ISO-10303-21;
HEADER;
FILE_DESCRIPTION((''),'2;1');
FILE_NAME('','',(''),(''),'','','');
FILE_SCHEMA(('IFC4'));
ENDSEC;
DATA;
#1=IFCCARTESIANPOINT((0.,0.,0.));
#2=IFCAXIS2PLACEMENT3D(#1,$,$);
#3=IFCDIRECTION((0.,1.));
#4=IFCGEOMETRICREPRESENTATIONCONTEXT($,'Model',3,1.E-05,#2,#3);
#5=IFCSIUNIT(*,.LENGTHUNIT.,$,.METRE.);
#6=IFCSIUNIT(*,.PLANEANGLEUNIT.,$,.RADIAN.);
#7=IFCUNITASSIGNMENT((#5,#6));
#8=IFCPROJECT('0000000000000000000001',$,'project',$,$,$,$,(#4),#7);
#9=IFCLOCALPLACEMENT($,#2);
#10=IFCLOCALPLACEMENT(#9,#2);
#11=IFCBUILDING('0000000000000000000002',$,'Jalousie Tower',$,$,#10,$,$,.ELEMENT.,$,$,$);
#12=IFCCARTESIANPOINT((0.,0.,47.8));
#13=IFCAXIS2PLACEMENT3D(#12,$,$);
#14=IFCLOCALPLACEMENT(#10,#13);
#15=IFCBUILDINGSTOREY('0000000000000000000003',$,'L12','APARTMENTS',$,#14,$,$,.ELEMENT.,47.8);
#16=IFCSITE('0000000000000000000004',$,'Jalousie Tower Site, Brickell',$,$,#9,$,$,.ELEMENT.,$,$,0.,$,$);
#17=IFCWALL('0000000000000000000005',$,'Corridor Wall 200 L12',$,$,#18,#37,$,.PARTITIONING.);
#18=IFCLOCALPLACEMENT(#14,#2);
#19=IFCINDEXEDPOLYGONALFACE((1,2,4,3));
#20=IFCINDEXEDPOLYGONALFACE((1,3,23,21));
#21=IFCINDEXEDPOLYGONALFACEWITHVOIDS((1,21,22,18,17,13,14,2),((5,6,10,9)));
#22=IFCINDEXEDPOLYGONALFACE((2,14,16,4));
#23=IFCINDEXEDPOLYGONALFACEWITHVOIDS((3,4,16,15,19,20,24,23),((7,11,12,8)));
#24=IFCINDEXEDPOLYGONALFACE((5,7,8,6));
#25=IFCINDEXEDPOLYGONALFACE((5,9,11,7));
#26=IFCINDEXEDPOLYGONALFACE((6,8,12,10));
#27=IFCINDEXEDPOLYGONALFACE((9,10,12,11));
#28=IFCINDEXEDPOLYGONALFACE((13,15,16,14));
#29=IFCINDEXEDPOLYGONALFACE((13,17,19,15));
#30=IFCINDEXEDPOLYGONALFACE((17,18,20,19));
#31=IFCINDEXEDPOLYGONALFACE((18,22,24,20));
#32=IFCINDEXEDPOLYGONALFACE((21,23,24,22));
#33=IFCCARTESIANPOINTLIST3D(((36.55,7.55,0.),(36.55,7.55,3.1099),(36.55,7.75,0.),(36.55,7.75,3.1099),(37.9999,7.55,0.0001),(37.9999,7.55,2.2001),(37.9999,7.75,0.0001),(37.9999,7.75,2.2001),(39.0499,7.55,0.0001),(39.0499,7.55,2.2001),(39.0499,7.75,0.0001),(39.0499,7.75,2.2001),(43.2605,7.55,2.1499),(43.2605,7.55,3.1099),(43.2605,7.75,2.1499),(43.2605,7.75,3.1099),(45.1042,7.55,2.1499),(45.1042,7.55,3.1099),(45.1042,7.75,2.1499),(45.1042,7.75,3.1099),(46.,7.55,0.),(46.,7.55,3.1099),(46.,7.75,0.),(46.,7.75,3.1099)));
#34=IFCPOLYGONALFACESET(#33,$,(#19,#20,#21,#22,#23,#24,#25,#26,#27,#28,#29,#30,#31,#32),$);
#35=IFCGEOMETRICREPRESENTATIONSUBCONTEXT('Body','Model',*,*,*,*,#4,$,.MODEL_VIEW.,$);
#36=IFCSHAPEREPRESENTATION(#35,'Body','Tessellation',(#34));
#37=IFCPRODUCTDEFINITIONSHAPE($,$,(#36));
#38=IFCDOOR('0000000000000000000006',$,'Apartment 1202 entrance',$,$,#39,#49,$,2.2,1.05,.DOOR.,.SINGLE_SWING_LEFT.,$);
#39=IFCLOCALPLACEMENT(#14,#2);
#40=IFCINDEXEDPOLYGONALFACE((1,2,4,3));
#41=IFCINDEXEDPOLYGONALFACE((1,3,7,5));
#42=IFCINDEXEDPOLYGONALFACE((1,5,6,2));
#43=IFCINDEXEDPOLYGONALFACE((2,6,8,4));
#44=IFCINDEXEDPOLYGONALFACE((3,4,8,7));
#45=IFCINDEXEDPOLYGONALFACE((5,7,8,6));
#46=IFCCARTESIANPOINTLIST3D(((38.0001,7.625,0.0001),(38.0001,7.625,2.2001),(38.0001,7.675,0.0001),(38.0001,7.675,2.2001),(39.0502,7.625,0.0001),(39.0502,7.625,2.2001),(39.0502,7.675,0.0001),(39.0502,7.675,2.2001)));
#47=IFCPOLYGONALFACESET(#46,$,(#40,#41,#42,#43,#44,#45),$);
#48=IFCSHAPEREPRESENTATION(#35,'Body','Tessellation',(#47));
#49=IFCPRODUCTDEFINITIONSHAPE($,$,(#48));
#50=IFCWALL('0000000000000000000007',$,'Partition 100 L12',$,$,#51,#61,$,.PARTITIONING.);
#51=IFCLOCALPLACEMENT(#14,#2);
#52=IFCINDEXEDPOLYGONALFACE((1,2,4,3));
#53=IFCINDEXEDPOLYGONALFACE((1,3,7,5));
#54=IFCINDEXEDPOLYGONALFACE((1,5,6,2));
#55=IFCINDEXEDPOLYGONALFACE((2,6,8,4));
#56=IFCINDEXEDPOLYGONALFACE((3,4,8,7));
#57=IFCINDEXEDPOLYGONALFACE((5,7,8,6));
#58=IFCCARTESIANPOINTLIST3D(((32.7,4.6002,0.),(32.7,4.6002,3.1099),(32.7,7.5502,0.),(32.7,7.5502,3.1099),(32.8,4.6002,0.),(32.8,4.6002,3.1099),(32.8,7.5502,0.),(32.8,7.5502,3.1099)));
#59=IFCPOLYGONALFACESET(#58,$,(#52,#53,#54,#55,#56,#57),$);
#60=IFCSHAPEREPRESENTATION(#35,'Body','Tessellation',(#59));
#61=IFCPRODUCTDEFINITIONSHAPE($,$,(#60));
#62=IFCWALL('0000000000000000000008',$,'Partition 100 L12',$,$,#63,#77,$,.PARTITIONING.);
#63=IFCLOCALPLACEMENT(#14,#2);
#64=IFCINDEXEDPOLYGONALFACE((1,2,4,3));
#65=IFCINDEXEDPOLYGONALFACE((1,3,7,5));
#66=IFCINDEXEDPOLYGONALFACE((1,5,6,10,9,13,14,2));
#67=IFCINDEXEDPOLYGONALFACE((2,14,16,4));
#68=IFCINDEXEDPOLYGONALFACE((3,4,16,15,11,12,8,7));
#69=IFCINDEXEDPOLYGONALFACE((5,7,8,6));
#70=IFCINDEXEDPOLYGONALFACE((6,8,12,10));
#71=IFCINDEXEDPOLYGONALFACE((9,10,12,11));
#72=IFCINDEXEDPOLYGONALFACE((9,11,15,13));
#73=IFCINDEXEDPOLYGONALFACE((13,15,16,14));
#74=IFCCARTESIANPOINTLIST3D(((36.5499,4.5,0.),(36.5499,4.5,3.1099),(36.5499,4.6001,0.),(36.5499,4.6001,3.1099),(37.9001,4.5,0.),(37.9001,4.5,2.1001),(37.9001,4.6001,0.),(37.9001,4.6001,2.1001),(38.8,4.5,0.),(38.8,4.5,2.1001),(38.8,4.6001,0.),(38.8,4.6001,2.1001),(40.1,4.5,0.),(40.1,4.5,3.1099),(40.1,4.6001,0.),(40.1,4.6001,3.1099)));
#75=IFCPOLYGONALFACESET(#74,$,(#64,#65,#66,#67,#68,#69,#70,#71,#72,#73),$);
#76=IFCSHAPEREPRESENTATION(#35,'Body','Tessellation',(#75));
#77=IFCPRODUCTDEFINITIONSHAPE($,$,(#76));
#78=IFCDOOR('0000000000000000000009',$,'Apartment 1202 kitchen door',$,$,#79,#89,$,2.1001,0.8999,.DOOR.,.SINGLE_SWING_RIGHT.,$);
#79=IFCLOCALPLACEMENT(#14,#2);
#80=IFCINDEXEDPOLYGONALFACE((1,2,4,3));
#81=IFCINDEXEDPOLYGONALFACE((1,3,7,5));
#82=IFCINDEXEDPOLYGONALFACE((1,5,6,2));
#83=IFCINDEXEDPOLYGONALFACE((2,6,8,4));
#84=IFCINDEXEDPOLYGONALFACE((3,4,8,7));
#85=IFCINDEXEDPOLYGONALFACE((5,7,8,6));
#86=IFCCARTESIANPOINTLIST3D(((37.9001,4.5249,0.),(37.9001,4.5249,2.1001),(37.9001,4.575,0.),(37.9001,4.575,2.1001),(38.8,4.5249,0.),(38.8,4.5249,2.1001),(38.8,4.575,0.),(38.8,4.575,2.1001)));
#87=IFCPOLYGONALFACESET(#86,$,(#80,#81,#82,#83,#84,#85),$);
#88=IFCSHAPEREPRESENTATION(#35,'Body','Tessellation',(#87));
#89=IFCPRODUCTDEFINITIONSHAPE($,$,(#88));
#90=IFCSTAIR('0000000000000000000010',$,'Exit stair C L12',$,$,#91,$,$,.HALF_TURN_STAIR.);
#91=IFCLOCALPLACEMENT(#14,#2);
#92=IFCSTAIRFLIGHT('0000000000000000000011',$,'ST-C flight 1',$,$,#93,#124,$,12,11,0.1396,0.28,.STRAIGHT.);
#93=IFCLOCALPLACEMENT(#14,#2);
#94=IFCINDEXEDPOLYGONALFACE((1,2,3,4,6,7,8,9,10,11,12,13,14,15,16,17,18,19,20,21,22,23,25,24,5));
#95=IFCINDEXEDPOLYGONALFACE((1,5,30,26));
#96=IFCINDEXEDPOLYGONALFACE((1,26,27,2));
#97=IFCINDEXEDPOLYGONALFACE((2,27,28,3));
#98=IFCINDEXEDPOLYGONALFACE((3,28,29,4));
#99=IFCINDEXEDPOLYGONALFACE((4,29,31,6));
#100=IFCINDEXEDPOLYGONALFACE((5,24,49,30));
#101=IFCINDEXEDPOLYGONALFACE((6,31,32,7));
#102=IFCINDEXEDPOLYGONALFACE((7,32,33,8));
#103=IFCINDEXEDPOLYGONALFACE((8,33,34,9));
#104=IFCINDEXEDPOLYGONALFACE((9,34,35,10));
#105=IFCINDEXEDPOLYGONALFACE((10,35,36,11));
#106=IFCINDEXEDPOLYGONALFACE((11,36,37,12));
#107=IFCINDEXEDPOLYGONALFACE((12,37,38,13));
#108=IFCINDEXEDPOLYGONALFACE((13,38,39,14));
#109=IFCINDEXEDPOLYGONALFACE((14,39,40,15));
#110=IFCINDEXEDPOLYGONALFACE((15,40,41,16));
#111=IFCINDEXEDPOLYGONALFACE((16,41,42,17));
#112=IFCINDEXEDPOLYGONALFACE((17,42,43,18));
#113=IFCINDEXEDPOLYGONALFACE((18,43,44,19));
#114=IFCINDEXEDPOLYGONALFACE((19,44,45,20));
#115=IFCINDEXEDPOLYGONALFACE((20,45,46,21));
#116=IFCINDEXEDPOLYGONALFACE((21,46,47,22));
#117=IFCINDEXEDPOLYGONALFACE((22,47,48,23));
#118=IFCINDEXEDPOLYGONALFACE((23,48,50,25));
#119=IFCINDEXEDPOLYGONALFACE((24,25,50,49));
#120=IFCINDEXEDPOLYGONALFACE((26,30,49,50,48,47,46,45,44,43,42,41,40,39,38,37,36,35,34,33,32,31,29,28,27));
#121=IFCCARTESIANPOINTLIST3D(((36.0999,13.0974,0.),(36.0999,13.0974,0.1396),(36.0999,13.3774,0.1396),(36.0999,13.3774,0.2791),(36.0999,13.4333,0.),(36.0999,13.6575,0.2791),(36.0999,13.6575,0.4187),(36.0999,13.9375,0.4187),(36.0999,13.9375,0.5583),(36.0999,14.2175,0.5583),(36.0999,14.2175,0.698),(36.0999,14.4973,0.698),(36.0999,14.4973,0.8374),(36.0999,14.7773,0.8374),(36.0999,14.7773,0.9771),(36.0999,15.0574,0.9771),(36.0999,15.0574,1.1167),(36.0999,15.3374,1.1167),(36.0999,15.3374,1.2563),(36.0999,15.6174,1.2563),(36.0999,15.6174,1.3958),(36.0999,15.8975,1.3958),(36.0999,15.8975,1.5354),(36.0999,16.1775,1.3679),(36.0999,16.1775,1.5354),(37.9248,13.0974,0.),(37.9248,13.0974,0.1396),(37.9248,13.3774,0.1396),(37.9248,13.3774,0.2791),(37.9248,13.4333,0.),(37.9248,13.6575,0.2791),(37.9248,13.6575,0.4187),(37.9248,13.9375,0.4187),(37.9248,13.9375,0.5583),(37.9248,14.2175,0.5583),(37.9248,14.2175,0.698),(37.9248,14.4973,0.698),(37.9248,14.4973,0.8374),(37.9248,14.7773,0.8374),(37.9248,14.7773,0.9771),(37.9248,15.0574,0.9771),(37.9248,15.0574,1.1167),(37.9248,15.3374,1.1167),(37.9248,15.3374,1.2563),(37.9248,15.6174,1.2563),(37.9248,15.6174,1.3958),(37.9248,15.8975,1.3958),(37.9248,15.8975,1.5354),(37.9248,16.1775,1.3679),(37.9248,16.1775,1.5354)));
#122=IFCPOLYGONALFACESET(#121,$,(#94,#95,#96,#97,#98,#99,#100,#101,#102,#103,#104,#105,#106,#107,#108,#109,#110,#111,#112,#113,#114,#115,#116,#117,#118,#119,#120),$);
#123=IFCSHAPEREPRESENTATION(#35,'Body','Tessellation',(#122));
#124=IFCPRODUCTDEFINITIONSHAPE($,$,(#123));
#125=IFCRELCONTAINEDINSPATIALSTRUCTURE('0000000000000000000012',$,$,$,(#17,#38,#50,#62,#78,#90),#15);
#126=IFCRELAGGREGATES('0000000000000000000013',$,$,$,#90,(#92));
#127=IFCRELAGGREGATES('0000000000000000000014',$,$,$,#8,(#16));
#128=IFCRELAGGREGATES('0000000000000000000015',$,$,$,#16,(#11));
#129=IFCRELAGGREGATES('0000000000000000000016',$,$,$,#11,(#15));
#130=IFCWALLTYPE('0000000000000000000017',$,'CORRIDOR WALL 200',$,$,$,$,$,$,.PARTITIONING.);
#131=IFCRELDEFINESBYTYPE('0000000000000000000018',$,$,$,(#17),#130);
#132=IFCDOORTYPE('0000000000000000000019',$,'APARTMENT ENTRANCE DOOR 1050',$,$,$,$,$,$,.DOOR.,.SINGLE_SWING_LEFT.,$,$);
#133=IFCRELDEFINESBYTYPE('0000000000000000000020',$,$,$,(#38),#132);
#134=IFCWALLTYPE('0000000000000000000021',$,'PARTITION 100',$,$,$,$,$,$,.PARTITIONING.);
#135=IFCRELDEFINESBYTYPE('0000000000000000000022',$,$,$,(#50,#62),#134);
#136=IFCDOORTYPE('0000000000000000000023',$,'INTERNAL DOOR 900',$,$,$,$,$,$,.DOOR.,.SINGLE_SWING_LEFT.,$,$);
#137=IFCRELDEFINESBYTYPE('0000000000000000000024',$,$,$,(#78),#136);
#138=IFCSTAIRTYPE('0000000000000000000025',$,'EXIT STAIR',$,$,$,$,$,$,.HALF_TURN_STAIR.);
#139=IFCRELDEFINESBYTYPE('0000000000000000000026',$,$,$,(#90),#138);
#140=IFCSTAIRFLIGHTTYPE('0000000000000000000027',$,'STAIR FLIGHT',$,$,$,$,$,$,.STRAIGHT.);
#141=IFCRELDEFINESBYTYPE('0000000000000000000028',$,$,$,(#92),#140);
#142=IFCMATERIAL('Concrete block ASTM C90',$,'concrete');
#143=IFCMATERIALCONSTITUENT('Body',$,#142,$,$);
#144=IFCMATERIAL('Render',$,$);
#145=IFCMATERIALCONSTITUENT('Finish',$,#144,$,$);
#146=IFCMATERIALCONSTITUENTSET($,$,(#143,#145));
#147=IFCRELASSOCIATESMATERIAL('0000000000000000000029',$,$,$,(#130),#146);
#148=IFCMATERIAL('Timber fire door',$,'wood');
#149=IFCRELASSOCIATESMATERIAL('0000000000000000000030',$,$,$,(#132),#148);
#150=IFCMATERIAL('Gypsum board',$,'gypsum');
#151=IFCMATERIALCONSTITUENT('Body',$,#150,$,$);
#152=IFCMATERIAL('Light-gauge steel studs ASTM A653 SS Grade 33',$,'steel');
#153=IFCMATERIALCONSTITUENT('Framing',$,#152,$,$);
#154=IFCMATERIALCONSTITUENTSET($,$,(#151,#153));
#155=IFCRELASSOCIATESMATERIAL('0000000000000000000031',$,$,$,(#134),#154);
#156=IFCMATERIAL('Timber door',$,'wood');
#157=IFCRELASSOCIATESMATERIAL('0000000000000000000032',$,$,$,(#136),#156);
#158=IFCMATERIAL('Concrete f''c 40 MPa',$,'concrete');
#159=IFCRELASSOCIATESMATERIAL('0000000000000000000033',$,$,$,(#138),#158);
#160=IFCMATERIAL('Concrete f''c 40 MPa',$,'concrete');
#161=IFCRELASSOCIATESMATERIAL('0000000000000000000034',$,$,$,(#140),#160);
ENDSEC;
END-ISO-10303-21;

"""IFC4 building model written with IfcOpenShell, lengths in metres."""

from ifc_helpers import new_model, si_unit, direction, frame, frame_2d, origin, place, context, subcontext, project, spatial, polyline, rectangle, outline, extrude, material, constituent, constituent_set, type_object, element, fill, aggregate, save


model = new_model("IFC4")

# Units and contexts
model_context = context("Model", 3, precision=1e-05, world=origin(), true_north=direction((0.0, 1.0)))
body_context = subcontext(model_context, "Body", "Model", "MODEL_VIEW")
ifc_project = project(units=[si_unit("LENGTHUNIT", "METRE"), si_unit("PLANEANGLEUNIT", "RADIAN")], contexts=[model_context])

# Site, building, storey
site_placement = place(None, origin())
site = spatial("IfcSite", under=ifc_project, at=site_placement, Name="Jalousie Tower Site, Brickell", CompositionType="ELEMENT", RefElevation=0.0)
building_placement = place(site_placement, origin())
building = spatial("IfcBuilding", under=site, at=building_placement, Name="Jalousie Tower", CompositionType="ELEMENT")
storey_placement = place(building_placement, frame((0.0, 0.0, 47.8)))
storey = spatial("IfcBuildingStorey", under=building, at=storey_placement, Name="L12", Description="APARTMENTS", CompositionType="ELEMENT", Elevation=47.8)

# Wall, opening, door
ifc_material_1 = material(Name="Concrete block ASTM C90", Category="concrete")
ifc_constituent_1 = constituent(ifc_material_1, Name="Body")
ifc_material_2 = material(Name="Render")
ifc_constituent_2 = constituent(ifc_material_2, Name="Finish")
ifc_constituent_set_1 = constituent_set(constituents=[ifc_constituent_1, ifc_constituent_2])
wall_type_1 = type_object("IfcWallType", Name="CORRIDOR WALL 200", PredefinedType="PARTITIONING", material=ifc_constituent_set_1)
wall_1_placement = place(storey_placement, frame((36.55, 7.6499, 0.0), z_axis=(0.0, 0.0, 1.0), x_axis=(1.0, 0.0, 0.0)))
wall_1 = element("IfcWall", 1, at=wall_1_placement, inside=storey, type_object=wall_type_1, Name="Corridor Wall 200 L12", PredefinedType="PARTITIONING", context=body_context, shape_type="SweptSolid", body=[
    extrude(outline(polyline([(0.0, 0.0), (9.45, 0.0), (9.45, 3.1099), (8.5542, 3.1099), (8.5542, 2.1499), (6.7104, 2.1499), (6.7104, 3.1099), (0.0, 3.1099), (0.0, 0.0)])), frame((0.0, 0.1001, 0.0), z_axis=(0.0, -1.0, 0.0), x_axis=(1.0, 0.0, 0.0)), (0.0, 0.0, 1.0), 0.2),
])
opening_1_placement = place(wall_1_placement, frame((1.45, 0.0, 0.0)))
opening_1 = element("IfcOpeningElement", 2, at=opening_1_placement, cuts=wall_1, PredefinedType="OPENING", context=body_context, shape_type="SweptSolid", body=[
    extrude(rectangle(XDim=1.05, YDim=2.2, at=frame_2d((0.5249, 1.1001))), frame((0.0, 0.1099, 0.0), z_axis=(0.0, -1.0, 0.0), x_axis=(1.0, 0.0, 0.0)), (0.0, 0.0, 1.0), 0.22),
])
ifc_material_3 = material(Name="Timber fire door", Category="wood")
door_type_1 = type_object("IfcDoorType", Name="APARTMENT ENTRANCE DOOR 1050", OperationType="SINGLE_SWING_LEFT", PredefinedType="DOOR", material=ifc_material_3)
door_1_placement = place(opening_1_placement, frame((1.05, 0.0, 0.0), z_axis=(0.0, 0.0, 1.0), x_axis=(-1.0, 0.0, 0.0)))
door_1 = element("IfcDoor", 3, at=door_1_placement, inside=storey, type_object=door_type_1, Name="Apartment 1202 entrance", OperationType="SINGLE_SWING_LEFT", OverallHeight=2.2, OverallWidth=1.05, PredefinedType="DOOR", context=body_context, shape_type="SweptSolid", body=[
    extrude(rectangle(XDim=1.05, YDim=2.2, at=frame_2d((0.5249, 1.1001))), frame((0.0, 0.0249, 0.0), z_axis=(0.0, -1.0, 0.0), x_axis=(1.0, 0.0, 0.0)), (0.0, 0.0, 1.0), 0.05),
])
fill(opening_1, door_1)

# Wall
ifc_material_4 = material(Name="Gypsum board", Category="gypsum")
ifc_constituent_3 = constituent(ifc_material_4, Name="Body")
ifc_material_5 = material(Name="Light-gauge steel studs ASTM A653 SS Grade 33", Category="steel")
ifc_constituent_4 = constituent(ifc_material_5, Name="Framing")
ifc_constituent_set_2 = constituent_set(constituents=[ifc_constituent_3, ifc_constituent_4])
wall_type_2 = type_object("IfcWallType", Name="PARTITION 100", PredefinedType="PARTITIONING", material=ifc_constituent_set_2)
wall_2_placement = place(storey_placement, frame((32.75, 4.6001, 0.0), z_axis=(0.0, 0.0, 1.0), x_axis=(0.0, 1.0, 0.0)))
element("IfcWall", 4, at=wall_2_placement, inside=storey, type_object=wall_type_2, Name="Partition 100 L12", PredefinedType="PARTITIONING", context=body_context, shape_type="SweptSolid", body=[
    extrude(rectangle(XDim=2.95, YDim=0.1001, at=frame_2d((1.4751, 0.0))), origin(), (0.0, 0.0, 1.0), 3.1099),
])

# Wall, opening, door
wall_3_placement = place(storey_placement, frame((36.55, 4.55, 0.0), z_axis=(0.0, 0.0, 1.0), x_axis=(1.0, 0.0, 0.0)))
wall_3 = element("IfcWall", 5, at=wall_3_placement, inside=storey, type_object=wall_type_2, Name="Partition 100 L12", PredefinedType="PARTITIONING", context=body_context, shape_type="SweptSolid", body=[
    extrude(rectangle(XDim=3.55, YDim=0.1001, at=frame_2d((1.7749, 0.0))), origin(), (0.0, 0.0, 1.0), 3.1099),
])
opening_2_placement = place(wall_3_placement, frame((1.3501, 0.0, 0.0)))
opening_2 = element("IfcOpeningElement", 6, at=opening_2_placement, cuts=wall_3, PredefinedType="OPENING", context=body_context, shape_type="SweptSolid", body=[
    extrude(rectangle(XDim=0.8999, YDim=2.1001, at=frame_2d((0.45, 1.05))), frame((0.0, 0.0601, 0.0), z_axis=(0.0, -1.0, 0.0), x_axis=(1.0, 0.0, 0.0)), (0.0, 0.0, 1.0), 0.1201),
])
ifc_material_6 = material(Name="Timber door", Category="wood")
door_type_2 = type_object("IfcDoorType", Name="INTERNAL DOOR 900", OperationType="SINGLE_SWING_LEFT", PredefinedType="DOOR", material=ifc_material_6)
door_2_placement = place(opening_2_placement, origin())
door_2 = element("IfcDoor", 7, at=door_2_placement, inside=storey, type_object=door_type_2, Name="Apartment 1202 kitchen door", OperationType="SINGLE_SWING_RIGHT", OverallHeight=2.1001, OverallWidth=0.8999, PredefinedType="DOOR", context=body_context, shape_type="SweptSolid", body=[
    extrude(rectangle(XDim=0.8999, YDim=2.1001, at=frame_2d((0.45, 1.05))), frame((0.0, 0.0249, 0.0), z_axis=(0.0, -1.0, 0.0), x_axis=(1.0, 0.0, 0.0)), (0.0, 0.0, 1.0), 0.05),
])
fill(opening_2, door_2)

# Stair, stair flight
ifc_material_7 = material(Name="Concrete f'c 40 MPa", Category="concrete")
stair_type = type_object("IfcStairType", Name="EXIT STAIR", PredefinedType="HALF_TURN_STAIR", material=ifc_material_7)
stair_placement = place(storey_placement, origin())
stair = element("IfcStair", 8, at=stair_placement, inside=storey, type_object=stair_type, Name="Exit stair C L12", PredefinedType="HALF_TURN_STAIR")
ifc_material_8 = material(Name="Concrete f'c 40 MPa", Category="concrete")
stair_flight_type = type_object("IfcStairFlightType", Name="STAIR FLIGHT", PredefinedType="STRAIGHT", material=ifc_material_8)
stair_flight_placement = place(storey_placement, frame((37.0125, 13.0974, 0.0), z_axis=(0.0, 0.0, 1.0), x_axis=(0.0, 1.0, 0.0)))
stair_flight = element("IfcStairFlight", 9, at=stair_flight_placement, type_object=stair_flight_type, Name="ST-C flight 1", NumberOfRisers=12, NumberOfTreads=11, PredefinedType="STRAIGHT", RiserHeight=0.1396, TreadLength=0.28, context=body_context, shape_type="SweptSolid", body=[
    extrude(outline(polyline([(0.0, 0.0), (0.0, 0.1396), (0.28, 0.1396), (0.28, 0.2791), (0.5601, 0.2791), (0.5601, 0.4187), (0.8401, 0.4187), (0.8401, 0.5583), (1.1201, 0.5583), (1.1201, 0.698), (1.3999, 0.698), (1.3999, 0.8374), (1.6799, 0.8374), (1.6799, 0.9771), (1.96, 0.9771), (1.96, 1.1167), (2.24, 1.1167), (2.24, 1.2563), (2.52, 1.2563), (2.52, 1.3958), (2.8, 1.3958), (2.8, 1.5354), (3.0801, 1.5354), (3.0801, 1.675), (3.0801, 1.3679), (0.3359, 0.0), (0.0, 0.0)])), frame((0.0, 0.9126, 0.0), z_axis=(0.0, -1.0, 0.0), x_axis=(1.0, 0.0, 0.0)), (0.0, 0.0, 1.0), 1.825),
])
aggregate(stair, [stair_flight])

save(model, "model.ifc")
